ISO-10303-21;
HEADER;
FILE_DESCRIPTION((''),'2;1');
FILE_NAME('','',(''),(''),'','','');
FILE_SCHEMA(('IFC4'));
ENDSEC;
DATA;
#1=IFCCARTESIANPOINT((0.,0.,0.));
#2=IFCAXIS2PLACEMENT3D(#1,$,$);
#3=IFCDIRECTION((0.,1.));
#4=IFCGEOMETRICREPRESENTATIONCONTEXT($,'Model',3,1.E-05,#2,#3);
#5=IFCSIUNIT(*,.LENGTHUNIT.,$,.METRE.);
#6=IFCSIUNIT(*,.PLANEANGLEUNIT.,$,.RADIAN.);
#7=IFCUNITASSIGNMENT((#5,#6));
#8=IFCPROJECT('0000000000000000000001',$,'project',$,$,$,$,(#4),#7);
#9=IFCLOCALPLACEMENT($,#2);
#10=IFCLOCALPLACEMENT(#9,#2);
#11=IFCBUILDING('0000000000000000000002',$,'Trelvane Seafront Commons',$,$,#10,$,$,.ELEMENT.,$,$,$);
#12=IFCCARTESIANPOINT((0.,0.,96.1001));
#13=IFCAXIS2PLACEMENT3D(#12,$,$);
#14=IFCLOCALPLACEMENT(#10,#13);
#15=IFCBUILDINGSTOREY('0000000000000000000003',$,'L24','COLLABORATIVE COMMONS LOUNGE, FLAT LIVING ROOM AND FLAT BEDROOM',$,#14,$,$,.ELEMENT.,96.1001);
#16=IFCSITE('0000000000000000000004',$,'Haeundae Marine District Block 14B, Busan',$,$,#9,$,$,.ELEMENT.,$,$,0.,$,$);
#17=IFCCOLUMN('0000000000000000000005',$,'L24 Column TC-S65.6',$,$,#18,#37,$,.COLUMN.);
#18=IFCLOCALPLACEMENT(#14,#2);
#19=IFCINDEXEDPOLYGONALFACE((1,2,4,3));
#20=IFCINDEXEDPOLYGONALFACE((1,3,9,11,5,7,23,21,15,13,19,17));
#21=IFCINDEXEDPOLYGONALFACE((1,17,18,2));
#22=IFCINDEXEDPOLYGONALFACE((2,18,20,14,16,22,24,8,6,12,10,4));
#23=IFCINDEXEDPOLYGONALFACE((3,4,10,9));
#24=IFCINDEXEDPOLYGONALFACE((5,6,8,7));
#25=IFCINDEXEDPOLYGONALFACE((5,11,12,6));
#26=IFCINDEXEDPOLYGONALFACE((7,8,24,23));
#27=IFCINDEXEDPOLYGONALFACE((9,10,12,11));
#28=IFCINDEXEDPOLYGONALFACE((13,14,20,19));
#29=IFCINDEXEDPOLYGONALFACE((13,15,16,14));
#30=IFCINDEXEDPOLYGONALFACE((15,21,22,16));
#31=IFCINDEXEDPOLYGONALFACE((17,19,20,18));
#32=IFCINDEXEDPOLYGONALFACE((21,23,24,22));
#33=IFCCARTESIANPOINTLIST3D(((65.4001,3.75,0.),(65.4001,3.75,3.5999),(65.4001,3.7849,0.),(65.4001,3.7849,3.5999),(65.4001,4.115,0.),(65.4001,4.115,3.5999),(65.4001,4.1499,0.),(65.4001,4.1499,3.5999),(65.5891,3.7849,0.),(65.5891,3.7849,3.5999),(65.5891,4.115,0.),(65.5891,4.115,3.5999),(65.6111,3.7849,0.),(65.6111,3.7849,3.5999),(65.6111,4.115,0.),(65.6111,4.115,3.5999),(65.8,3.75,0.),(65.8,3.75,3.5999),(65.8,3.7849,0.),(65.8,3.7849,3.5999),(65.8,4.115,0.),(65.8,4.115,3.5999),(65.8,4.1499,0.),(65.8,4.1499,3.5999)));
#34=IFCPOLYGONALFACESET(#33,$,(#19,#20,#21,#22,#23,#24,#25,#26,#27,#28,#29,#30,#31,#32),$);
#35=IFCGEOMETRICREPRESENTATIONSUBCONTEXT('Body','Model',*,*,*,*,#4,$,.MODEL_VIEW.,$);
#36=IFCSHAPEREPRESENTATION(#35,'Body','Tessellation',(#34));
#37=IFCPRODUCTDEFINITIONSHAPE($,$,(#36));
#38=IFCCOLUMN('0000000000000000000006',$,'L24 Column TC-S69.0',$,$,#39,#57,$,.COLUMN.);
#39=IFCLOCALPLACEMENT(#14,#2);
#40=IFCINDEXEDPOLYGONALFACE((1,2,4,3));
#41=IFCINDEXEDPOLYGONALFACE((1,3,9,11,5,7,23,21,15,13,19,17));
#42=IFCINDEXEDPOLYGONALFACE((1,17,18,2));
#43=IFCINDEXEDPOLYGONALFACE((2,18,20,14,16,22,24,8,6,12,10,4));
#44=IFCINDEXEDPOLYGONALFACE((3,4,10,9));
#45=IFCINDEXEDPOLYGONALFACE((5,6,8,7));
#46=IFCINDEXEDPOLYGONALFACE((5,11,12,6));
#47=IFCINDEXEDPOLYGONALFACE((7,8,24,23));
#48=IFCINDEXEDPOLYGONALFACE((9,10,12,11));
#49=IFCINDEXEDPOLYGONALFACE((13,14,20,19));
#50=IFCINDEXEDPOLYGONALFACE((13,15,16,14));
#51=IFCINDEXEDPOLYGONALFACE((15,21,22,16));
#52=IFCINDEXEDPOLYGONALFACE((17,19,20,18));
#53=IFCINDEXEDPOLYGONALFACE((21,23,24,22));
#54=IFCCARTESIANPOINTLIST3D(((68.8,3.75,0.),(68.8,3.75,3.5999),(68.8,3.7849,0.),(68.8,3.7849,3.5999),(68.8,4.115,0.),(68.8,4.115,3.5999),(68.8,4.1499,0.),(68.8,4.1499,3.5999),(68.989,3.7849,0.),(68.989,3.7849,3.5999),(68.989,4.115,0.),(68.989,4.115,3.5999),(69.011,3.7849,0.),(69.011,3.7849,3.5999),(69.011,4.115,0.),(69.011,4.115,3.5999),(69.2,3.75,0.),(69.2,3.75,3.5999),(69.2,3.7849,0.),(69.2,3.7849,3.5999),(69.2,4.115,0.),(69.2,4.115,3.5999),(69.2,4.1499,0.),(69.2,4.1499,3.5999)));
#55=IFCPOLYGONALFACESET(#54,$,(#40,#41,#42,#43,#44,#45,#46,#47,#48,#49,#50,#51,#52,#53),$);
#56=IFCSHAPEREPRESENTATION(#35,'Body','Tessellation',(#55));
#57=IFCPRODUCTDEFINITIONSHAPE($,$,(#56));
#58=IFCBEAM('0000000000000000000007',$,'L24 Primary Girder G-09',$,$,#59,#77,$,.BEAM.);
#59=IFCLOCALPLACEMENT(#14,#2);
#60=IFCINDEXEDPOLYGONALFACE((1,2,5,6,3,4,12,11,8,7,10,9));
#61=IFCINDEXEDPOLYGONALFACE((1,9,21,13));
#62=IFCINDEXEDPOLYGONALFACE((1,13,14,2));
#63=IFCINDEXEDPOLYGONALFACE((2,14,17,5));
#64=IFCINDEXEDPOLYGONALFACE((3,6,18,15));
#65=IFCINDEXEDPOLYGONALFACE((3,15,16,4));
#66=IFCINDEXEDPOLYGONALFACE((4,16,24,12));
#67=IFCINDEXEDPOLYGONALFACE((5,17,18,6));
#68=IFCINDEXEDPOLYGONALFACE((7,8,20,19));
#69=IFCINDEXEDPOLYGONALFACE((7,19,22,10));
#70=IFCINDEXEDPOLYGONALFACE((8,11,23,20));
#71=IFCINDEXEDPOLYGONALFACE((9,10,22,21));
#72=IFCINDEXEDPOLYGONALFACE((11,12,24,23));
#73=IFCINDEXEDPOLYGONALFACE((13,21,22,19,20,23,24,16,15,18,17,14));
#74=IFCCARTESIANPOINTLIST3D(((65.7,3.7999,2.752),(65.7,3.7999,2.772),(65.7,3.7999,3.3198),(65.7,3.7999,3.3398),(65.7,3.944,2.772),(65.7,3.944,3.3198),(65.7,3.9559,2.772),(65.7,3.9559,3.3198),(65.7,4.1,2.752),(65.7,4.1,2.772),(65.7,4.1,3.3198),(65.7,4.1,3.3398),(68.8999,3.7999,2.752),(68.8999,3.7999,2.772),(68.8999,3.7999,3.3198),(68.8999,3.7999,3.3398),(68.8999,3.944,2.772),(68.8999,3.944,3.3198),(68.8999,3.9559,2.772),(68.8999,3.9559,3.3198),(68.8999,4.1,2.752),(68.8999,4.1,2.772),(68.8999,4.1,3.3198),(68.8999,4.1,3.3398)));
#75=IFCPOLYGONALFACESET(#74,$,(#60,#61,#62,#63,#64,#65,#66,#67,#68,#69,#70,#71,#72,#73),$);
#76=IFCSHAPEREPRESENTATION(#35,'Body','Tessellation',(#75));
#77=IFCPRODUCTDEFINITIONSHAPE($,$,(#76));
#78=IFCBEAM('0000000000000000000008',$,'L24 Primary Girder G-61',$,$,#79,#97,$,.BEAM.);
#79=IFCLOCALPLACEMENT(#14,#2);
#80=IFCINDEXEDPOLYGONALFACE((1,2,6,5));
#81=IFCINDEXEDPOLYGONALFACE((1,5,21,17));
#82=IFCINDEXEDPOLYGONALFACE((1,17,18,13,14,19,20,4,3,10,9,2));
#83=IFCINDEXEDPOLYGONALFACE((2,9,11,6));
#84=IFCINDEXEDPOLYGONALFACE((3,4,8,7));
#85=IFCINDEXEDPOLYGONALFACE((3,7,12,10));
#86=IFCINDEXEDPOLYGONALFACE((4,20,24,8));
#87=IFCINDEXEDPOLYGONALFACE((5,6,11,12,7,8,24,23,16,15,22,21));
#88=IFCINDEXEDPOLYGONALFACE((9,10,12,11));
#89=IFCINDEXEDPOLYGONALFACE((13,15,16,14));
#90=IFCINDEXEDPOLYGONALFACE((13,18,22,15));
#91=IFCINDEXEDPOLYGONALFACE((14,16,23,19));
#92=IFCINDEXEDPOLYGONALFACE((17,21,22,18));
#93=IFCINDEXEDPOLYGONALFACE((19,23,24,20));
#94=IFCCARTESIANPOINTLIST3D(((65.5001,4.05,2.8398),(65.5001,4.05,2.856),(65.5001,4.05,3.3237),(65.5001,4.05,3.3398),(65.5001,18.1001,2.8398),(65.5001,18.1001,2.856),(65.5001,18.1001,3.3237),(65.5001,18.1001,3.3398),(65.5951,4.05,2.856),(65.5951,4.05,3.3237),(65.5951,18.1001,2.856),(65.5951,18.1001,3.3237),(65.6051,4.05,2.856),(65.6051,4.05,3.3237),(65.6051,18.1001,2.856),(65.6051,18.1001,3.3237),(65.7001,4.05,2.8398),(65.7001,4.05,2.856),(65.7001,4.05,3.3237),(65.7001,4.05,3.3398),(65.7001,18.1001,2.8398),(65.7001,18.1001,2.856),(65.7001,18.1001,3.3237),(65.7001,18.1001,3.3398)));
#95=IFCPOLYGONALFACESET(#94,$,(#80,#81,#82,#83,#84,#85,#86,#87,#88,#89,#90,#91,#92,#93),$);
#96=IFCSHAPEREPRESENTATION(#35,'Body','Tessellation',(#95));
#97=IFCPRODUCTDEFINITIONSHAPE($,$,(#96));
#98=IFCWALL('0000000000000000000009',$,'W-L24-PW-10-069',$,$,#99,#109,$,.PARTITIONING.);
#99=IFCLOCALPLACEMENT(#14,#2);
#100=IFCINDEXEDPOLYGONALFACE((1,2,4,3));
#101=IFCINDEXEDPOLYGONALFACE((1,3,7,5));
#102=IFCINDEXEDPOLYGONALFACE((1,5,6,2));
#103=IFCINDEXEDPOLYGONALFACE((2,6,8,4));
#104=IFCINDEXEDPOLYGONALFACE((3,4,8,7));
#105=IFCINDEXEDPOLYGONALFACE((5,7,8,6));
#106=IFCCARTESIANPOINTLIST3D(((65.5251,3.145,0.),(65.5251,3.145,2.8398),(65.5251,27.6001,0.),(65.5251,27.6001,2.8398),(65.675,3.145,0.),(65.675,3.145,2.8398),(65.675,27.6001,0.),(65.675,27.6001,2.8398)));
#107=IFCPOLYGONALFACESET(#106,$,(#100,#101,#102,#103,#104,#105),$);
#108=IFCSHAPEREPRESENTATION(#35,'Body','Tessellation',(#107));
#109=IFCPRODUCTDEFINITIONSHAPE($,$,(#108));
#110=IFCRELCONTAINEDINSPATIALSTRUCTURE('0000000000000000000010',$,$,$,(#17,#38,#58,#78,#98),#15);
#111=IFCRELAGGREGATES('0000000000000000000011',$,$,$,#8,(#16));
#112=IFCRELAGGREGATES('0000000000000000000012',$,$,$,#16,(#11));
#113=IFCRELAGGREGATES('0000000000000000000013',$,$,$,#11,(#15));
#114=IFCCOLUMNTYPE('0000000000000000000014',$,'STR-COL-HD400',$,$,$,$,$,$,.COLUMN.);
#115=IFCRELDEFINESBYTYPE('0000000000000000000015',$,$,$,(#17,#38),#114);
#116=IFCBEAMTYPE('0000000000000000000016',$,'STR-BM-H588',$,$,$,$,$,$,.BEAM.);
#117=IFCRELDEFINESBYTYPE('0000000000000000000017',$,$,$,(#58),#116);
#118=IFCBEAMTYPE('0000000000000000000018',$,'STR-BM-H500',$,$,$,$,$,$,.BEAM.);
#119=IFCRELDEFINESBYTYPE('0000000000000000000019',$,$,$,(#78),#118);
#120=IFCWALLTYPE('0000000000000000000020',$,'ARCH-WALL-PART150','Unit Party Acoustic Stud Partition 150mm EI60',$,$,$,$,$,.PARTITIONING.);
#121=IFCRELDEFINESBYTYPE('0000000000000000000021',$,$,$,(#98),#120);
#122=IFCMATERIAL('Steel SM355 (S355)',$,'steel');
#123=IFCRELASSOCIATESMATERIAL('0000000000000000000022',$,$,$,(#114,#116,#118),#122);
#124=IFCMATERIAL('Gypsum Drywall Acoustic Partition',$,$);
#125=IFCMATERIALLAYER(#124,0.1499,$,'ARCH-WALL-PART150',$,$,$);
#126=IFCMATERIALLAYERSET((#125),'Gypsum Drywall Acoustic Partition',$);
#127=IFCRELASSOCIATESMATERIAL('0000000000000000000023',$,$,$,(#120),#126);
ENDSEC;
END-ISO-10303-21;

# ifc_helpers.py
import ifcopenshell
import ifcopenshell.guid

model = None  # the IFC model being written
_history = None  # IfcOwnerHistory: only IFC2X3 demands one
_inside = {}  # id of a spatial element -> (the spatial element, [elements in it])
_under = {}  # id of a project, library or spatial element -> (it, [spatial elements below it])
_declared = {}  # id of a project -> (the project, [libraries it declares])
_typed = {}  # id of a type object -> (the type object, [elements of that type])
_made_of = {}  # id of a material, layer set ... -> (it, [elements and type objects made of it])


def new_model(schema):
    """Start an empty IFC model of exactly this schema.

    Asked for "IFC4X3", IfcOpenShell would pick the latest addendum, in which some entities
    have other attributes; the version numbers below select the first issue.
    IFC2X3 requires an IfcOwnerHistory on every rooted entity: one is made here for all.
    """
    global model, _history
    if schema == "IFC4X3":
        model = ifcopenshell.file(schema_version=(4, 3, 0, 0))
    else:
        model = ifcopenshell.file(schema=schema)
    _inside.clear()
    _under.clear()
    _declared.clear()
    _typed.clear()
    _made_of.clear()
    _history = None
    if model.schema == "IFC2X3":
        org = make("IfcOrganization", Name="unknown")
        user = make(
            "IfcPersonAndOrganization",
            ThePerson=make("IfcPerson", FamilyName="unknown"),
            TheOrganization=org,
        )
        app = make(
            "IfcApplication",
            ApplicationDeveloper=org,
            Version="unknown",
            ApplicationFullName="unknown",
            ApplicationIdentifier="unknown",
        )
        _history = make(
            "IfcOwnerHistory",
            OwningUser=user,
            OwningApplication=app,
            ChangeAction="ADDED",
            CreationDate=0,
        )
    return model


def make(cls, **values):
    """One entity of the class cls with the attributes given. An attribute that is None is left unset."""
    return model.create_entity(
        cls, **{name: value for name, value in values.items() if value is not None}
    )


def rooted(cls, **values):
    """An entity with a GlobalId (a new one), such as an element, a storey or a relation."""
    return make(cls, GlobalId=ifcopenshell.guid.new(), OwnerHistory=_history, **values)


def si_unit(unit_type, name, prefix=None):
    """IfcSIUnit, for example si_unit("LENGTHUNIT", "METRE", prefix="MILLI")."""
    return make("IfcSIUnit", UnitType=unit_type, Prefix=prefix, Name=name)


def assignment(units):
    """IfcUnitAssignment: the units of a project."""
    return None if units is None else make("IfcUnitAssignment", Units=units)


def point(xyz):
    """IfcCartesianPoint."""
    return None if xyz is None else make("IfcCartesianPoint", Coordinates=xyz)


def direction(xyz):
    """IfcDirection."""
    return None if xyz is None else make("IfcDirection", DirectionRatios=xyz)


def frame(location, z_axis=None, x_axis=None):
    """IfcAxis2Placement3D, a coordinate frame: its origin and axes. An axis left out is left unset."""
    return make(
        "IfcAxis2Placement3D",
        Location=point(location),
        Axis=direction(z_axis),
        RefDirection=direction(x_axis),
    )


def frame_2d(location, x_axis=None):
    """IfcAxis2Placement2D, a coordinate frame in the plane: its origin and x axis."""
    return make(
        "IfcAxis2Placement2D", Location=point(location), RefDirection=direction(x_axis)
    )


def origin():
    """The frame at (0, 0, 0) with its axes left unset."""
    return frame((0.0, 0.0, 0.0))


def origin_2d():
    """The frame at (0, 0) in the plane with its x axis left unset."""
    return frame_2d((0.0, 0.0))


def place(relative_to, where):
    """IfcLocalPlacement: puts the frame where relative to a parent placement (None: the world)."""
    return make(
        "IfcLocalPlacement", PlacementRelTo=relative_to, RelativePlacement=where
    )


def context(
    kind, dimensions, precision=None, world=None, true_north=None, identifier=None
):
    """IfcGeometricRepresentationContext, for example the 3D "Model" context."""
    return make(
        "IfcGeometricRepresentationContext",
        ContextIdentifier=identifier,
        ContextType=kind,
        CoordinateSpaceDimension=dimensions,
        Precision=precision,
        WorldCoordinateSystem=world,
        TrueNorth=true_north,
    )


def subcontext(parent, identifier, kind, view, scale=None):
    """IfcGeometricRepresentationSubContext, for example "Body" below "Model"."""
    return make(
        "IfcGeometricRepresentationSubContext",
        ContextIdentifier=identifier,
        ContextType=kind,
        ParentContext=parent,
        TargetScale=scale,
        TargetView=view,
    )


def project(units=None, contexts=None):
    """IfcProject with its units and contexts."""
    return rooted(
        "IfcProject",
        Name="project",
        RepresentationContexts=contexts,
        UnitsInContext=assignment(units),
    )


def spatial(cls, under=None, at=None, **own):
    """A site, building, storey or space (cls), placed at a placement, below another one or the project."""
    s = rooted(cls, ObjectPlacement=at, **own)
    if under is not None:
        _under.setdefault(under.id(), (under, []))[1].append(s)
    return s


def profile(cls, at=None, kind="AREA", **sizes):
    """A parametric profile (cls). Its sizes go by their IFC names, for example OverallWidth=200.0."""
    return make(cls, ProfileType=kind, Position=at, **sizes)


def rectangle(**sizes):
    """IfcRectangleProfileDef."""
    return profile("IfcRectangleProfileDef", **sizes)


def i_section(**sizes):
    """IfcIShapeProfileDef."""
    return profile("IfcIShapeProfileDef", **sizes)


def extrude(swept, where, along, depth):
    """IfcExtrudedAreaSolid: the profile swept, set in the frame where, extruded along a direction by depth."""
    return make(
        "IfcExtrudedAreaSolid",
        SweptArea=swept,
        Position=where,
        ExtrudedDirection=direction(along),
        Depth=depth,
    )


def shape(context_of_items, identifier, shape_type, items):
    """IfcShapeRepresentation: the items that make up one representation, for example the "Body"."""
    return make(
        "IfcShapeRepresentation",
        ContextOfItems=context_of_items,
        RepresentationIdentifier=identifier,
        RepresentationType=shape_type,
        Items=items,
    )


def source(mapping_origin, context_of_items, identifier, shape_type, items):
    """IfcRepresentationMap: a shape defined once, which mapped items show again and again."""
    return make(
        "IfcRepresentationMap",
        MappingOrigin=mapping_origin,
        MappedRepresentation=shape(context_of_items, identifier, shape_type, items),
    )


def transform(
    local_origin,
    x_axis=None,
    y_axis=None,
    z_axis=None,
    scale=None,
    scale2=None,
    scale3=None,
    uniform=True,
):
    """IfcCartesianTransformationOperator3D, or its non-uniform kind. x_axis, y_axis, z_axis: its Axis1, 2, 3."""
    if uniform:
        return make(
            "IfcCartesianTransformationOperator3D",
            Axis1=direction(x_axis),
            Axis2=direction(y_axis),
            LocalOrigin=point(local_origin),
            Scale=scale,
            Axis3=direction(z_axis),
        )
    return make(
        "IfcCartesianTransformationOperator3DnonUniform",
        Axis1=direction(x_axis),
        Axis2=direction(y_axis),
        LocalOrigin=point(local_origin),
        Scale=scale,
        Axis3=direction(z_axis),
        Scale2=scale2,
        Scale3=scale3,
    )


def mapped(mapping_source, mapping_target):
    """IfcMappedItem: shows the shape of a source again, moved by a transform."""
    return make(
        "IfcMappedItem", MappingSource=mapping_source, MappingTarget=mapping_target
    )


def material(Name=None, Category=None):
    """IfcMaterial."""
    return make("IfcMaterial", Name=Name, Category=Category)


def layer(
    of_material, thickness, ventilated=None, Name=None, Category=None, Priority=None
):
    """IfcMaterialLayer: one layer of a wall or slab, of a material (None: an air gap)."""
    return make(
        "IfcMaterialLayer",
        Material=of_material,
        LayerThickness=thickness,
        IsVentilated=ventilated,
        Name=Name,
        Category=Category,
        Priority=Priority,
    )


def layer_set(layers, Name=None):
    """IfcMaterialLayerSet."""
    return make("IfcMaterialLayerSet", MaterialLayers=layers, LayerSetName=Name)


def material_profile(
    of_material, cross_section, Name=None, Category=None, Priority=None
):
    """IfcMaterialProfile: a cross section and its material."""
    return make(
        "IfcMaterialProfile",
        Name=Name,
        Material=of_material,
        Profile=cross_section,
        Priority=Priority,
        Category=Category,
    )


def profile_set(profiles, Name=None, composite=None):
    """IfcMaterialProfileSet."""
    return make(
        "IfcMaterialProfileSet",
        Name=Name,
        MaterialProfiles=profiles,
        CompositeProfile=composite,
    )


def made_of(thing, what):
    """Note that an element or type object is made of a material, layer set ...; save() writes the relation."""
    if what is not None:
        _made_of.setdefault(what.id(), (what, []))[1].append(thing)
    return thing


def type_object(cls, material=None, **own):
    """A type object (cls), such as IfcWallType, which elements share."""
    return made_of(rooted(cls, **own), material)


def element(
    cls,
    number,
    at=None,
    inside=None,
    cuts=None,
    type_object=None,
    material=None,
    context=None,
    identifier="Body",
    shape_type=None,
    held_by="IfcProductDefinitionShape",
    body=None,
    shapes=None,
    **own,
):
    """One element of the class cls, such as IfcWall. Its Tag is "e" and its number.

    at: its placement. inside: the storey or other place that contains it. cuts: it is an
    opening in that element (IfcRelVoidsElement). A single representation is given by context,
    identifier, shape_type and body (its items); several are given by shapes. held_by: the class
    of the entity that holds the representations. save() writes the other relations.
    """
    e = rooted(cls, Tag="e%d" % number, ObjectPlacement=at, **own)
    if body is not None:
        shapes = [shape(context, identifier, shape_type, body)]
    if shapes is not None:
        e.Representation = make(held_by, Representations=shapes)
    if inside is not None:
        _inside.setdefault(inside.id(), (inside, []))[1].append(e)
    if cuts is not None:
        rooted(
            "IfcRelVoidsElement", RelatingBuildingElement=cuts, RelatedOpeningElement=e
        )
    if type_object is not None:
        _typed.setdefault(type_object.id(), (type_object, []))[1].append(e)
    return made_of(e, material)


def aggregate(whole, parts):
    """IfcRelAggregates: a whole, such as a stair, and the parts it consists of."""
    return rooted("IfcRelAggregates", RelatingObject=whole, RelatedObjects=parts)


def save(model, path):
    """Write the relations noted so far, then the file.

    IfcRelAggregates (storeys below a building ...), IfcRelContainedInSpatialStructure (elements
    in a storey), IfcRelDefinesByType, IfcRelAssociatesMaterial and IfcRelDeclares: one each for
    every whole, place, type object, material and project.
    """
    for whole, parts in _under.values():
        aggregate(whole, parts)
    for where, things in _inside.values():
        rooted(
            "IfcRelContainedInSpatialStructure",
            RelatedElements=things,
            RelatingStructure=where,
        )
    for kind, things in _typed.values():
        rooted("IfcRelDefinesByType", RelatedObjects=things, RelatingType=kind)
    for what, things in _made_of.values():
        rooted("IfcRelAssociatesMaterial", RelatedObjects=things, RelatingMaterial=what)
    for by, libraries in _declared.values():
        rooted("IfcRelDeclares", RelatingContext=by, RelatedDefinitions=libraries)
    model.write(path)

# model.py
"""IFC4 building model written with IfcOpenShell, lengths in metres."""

from ifc_helpers import new_model, si_unit, direction, frame, frame_2d, origin, origin_2d, place, context, subcontext, project, spatial, rectangle, i_section, extrude, source, transform, mapped, material, layer, layer_set, material_profile, profile_set, type_object, element, save


model = new_model("IFC4")

# Units and contexts
model_context = context("Model", 3, precision=1e-05, world=origin(), true_north=direction((0.0, 1.0)))
body_context = subcontext(model_context, "Body", "Model", "MODEL_VIEW")
ifc_project = project(units=[si_unit("LENGTHUNIT", "METRE"), si_unit("PLANEANGLEUNIT", "RADIAN")], contexts=[model_context])

# Site, building, storey
site_placement = place(None, origin())
site = spatial("IfcSite", under=ifc_project, at=site_placement, Name="Haeundae Marine District Block 14B, Busan", CompositionType="ELEMENT", RefElevation=0.0)
building_placement = place(site_placement, origin())
building = spatial("IfcBuilding", under=site, at=building_placement, Name="Trelvane Seafront Commons", CompositionType="ELEMENT")
storey_placement = place(building_placement, frame((0.0, 0.0, 96.1001)))
storey = spatial("IfcBuildingStorey", under=building, at=storey_placement, Name="L24", Description="COLLABORATIVE COMMONS LOUNGE, FLAT LIVING ROOM AND FLAT BEDROOM", CompositionType="ELEMENT", Elevation=96.1001)

# Columns
ifc_material_1 = material(Name="Steel SM355 (S355)", Category="steel")
ifc_material_profile_1 = material_profile(ifc_material_1, i_section(OverallWidth=0.3999, OverallDepth=0.3999, WebThickness=0.022, FlangeThickness=0.0349, at=origin_2d()), Name="HD-400x400x22x35")
ifc_profile_set_1 = profile_set([ifc_material_profile_1], Name="Steel SM355 (S355)")
column_type = type_object("IfcColumnType", Name="STR-COL-HD400", PredefinedType="COLUMN", material=ifc_profile_set_1)
shared_shape_1 = source(origin(), body_context, "Body", "SweptSolid", [
    extrude(i_section(OverallWidth=0.3999, OverallDepth=0.3999, WebThickness=0.022, FlangeThickness=0.0349, at=origin_2d()), origin(), (0.0, 0.0, 1.0), 3.5999),
])
for number, where, z_axis, x_axis, name in (
    (1, (65.6001, 3.95, 0.0), (0.0, 0.0, 1.0), (1.0, 0.0, 0.0), "L24 Column TC-S65.6"),
    (2, (69.0, 3.95, 0.0), (0.0, 0.0, 1.0), (1.0, 0.0, 0.0), "L24 Column TC-S69.0"),
):
    element("IfcColumn", number, at=place(storey_placement, frame(where, z_axis=z_axis, x_axis=x_axis)), inside=storey, type_object=column_type, Name=name, PredefinedType="COLUMN", context=body_context, shape_type="MappedRepresentation", body=[
        mapped(shared_shape_1, transform((0.0, 0.0, 0.0), x_axis=(1.0, 0.0, 0.0), y_axis=(0.0, 1.0, 0.0), z_axis=(0.0, 0.0, 1.0), scale=1.0)),
    ])

# Beams
ifc_material_profile_2 = material_profile(ifc_material_1, i_section(OverallWidth=0.3, OverallDepth=0.5879, WebThickness=0.012, FlangeThickness=0.02, at=origin_2d()), Name="H-588x300x12x20")
ifc_profile_set_2 = profile_set([ifc_material_profile_2], Name="Steel SM355 (S355)")
beam_type_1 = type_object("IfcBeamType", Name="STR-BM-H588", PredefinedType="BEAM", material=ifc_profile_set_2)
shared_shape_2 = source(origin(), body_context, "Body", "SweptSolid", [
    extrude(i_section(OverallWidth=0.3, OverallDepth=0.5879, WebThickness=0.012, FlangeThickness=0.02, at=origin_2d()), origin(), (0.0, 0.0, 1.0), 3.2),
])
beam_1_placement = place(storey_placement, frame((65.7, 3.95, 3.0459), z_axis=(1.0, 0.0, 0.0), x_axis=(0.0, 1.0, 0.0)))
element("IfcBeam", 3, at=beam_1_placement, inside=storey, type_object=beam_type_1, Name="L24 Primary Girder G-09", PredefinedType="BEAM", context=body_context, shape_type="MappedRepresentation", body=[
    mapped(shared_shape_2, transform((0.0, 0.0, 0.0), x_axis=(1.0, 0.0, 0.0), y_axis=(0.0, 1.0, 0.0), z_axis=(0.0, 0.0, 1.0), scale=1.0)),
])
ifc_material_profile_3 = material_profile(ifc_material_1, i_section(OverallWidth=0.2, OverallDepth=0.5, WebThickness=0.01, FlangeThickness=0.0161, at=origin_2d()), Name="H-500x200x10x16")
ifc_profile_set_3 = profile_set([ifc_material_profile_3], Name="Steel SM355 (S355)")
beam_type_2 = type_object("IfcBeamType", Name="STR-BM-H500", PredefinedType="BEAM", material=ifc_profile_set_3)
shared_shape_3 = source(origin(), body_context, "Body", "SweptSolid", [
    extrude(i_section(OverallWidth=0.2, OverallDepth=0.5, WebThickness=0.01, FlangeThickness=0.0161, at=origin_2d()), origin(), (0.0, 0.0, 1.0), 14.05),
])
beam_2_placement = place(storey_placement, frame((65.6001, 4.05, 3.0898), z_axis=(0.0, 1.0, 0.0), x_axis=(-1.0, 0.0, 0.0)))
element("IfcBeam", 4, at=beam_2_placement, inside=storey, type_object=beam_type_2, Name="L24 Primary Girder G-61", PredefinedType="BEAM", context=body_context, shape_type="MappedRepresentation", body=[
    mapped(shared_shape_3, transform((0.0, 0.0, 0.0), x_axis=(1.0, 0.0, 0.0), y_axis=(0.0, 1.0, 0.0), z_axis=(0.0, 0.0, 1.0), scale=1.0)),
])

# Wall
ifc_material_2 = material(Name="Gypsum Drywall Acoustic Partition")
ifc_layer_1 = layer(ifc_material_2, 0.1499, Name="ARCH-WALL-PART150")
ifc_layer_set_1 = layer_set([ifc_layer_1], Name="Gypsum Drywall Acoustic Partition")
wall_type_1 = type_object("IfcWallType", Name="ARCH-WALL-PART150", Description="Unit Party Acoustic Stud Partition 150mm EI60", PredefinedType="PARTITIONING", material=ifc_layer_set_1)
wall_1_placement = place(storey_placement, frame((65.6001, 3.145, 0.0), z_axis=(0.0, 0.0, 1.0), x_axis=(0.0, 1.0, 0.0)))
element("IfcWall", 5, at=wall_1_placement, inside=storey, type_object=wall_type_1, Name="W-L24-PW-10-069", PredefinedType="PARTITIONING", context=body_context, shape_type="SweptSolid", body=[
    extrude(rectangle(XDim=24.4551, YDim=0.1499, at=frame_2d((12.2275, 0.0))), origin(), (0.0, 0.0, 1.0), 2.8398),
])

save(model, "model.ifc")
